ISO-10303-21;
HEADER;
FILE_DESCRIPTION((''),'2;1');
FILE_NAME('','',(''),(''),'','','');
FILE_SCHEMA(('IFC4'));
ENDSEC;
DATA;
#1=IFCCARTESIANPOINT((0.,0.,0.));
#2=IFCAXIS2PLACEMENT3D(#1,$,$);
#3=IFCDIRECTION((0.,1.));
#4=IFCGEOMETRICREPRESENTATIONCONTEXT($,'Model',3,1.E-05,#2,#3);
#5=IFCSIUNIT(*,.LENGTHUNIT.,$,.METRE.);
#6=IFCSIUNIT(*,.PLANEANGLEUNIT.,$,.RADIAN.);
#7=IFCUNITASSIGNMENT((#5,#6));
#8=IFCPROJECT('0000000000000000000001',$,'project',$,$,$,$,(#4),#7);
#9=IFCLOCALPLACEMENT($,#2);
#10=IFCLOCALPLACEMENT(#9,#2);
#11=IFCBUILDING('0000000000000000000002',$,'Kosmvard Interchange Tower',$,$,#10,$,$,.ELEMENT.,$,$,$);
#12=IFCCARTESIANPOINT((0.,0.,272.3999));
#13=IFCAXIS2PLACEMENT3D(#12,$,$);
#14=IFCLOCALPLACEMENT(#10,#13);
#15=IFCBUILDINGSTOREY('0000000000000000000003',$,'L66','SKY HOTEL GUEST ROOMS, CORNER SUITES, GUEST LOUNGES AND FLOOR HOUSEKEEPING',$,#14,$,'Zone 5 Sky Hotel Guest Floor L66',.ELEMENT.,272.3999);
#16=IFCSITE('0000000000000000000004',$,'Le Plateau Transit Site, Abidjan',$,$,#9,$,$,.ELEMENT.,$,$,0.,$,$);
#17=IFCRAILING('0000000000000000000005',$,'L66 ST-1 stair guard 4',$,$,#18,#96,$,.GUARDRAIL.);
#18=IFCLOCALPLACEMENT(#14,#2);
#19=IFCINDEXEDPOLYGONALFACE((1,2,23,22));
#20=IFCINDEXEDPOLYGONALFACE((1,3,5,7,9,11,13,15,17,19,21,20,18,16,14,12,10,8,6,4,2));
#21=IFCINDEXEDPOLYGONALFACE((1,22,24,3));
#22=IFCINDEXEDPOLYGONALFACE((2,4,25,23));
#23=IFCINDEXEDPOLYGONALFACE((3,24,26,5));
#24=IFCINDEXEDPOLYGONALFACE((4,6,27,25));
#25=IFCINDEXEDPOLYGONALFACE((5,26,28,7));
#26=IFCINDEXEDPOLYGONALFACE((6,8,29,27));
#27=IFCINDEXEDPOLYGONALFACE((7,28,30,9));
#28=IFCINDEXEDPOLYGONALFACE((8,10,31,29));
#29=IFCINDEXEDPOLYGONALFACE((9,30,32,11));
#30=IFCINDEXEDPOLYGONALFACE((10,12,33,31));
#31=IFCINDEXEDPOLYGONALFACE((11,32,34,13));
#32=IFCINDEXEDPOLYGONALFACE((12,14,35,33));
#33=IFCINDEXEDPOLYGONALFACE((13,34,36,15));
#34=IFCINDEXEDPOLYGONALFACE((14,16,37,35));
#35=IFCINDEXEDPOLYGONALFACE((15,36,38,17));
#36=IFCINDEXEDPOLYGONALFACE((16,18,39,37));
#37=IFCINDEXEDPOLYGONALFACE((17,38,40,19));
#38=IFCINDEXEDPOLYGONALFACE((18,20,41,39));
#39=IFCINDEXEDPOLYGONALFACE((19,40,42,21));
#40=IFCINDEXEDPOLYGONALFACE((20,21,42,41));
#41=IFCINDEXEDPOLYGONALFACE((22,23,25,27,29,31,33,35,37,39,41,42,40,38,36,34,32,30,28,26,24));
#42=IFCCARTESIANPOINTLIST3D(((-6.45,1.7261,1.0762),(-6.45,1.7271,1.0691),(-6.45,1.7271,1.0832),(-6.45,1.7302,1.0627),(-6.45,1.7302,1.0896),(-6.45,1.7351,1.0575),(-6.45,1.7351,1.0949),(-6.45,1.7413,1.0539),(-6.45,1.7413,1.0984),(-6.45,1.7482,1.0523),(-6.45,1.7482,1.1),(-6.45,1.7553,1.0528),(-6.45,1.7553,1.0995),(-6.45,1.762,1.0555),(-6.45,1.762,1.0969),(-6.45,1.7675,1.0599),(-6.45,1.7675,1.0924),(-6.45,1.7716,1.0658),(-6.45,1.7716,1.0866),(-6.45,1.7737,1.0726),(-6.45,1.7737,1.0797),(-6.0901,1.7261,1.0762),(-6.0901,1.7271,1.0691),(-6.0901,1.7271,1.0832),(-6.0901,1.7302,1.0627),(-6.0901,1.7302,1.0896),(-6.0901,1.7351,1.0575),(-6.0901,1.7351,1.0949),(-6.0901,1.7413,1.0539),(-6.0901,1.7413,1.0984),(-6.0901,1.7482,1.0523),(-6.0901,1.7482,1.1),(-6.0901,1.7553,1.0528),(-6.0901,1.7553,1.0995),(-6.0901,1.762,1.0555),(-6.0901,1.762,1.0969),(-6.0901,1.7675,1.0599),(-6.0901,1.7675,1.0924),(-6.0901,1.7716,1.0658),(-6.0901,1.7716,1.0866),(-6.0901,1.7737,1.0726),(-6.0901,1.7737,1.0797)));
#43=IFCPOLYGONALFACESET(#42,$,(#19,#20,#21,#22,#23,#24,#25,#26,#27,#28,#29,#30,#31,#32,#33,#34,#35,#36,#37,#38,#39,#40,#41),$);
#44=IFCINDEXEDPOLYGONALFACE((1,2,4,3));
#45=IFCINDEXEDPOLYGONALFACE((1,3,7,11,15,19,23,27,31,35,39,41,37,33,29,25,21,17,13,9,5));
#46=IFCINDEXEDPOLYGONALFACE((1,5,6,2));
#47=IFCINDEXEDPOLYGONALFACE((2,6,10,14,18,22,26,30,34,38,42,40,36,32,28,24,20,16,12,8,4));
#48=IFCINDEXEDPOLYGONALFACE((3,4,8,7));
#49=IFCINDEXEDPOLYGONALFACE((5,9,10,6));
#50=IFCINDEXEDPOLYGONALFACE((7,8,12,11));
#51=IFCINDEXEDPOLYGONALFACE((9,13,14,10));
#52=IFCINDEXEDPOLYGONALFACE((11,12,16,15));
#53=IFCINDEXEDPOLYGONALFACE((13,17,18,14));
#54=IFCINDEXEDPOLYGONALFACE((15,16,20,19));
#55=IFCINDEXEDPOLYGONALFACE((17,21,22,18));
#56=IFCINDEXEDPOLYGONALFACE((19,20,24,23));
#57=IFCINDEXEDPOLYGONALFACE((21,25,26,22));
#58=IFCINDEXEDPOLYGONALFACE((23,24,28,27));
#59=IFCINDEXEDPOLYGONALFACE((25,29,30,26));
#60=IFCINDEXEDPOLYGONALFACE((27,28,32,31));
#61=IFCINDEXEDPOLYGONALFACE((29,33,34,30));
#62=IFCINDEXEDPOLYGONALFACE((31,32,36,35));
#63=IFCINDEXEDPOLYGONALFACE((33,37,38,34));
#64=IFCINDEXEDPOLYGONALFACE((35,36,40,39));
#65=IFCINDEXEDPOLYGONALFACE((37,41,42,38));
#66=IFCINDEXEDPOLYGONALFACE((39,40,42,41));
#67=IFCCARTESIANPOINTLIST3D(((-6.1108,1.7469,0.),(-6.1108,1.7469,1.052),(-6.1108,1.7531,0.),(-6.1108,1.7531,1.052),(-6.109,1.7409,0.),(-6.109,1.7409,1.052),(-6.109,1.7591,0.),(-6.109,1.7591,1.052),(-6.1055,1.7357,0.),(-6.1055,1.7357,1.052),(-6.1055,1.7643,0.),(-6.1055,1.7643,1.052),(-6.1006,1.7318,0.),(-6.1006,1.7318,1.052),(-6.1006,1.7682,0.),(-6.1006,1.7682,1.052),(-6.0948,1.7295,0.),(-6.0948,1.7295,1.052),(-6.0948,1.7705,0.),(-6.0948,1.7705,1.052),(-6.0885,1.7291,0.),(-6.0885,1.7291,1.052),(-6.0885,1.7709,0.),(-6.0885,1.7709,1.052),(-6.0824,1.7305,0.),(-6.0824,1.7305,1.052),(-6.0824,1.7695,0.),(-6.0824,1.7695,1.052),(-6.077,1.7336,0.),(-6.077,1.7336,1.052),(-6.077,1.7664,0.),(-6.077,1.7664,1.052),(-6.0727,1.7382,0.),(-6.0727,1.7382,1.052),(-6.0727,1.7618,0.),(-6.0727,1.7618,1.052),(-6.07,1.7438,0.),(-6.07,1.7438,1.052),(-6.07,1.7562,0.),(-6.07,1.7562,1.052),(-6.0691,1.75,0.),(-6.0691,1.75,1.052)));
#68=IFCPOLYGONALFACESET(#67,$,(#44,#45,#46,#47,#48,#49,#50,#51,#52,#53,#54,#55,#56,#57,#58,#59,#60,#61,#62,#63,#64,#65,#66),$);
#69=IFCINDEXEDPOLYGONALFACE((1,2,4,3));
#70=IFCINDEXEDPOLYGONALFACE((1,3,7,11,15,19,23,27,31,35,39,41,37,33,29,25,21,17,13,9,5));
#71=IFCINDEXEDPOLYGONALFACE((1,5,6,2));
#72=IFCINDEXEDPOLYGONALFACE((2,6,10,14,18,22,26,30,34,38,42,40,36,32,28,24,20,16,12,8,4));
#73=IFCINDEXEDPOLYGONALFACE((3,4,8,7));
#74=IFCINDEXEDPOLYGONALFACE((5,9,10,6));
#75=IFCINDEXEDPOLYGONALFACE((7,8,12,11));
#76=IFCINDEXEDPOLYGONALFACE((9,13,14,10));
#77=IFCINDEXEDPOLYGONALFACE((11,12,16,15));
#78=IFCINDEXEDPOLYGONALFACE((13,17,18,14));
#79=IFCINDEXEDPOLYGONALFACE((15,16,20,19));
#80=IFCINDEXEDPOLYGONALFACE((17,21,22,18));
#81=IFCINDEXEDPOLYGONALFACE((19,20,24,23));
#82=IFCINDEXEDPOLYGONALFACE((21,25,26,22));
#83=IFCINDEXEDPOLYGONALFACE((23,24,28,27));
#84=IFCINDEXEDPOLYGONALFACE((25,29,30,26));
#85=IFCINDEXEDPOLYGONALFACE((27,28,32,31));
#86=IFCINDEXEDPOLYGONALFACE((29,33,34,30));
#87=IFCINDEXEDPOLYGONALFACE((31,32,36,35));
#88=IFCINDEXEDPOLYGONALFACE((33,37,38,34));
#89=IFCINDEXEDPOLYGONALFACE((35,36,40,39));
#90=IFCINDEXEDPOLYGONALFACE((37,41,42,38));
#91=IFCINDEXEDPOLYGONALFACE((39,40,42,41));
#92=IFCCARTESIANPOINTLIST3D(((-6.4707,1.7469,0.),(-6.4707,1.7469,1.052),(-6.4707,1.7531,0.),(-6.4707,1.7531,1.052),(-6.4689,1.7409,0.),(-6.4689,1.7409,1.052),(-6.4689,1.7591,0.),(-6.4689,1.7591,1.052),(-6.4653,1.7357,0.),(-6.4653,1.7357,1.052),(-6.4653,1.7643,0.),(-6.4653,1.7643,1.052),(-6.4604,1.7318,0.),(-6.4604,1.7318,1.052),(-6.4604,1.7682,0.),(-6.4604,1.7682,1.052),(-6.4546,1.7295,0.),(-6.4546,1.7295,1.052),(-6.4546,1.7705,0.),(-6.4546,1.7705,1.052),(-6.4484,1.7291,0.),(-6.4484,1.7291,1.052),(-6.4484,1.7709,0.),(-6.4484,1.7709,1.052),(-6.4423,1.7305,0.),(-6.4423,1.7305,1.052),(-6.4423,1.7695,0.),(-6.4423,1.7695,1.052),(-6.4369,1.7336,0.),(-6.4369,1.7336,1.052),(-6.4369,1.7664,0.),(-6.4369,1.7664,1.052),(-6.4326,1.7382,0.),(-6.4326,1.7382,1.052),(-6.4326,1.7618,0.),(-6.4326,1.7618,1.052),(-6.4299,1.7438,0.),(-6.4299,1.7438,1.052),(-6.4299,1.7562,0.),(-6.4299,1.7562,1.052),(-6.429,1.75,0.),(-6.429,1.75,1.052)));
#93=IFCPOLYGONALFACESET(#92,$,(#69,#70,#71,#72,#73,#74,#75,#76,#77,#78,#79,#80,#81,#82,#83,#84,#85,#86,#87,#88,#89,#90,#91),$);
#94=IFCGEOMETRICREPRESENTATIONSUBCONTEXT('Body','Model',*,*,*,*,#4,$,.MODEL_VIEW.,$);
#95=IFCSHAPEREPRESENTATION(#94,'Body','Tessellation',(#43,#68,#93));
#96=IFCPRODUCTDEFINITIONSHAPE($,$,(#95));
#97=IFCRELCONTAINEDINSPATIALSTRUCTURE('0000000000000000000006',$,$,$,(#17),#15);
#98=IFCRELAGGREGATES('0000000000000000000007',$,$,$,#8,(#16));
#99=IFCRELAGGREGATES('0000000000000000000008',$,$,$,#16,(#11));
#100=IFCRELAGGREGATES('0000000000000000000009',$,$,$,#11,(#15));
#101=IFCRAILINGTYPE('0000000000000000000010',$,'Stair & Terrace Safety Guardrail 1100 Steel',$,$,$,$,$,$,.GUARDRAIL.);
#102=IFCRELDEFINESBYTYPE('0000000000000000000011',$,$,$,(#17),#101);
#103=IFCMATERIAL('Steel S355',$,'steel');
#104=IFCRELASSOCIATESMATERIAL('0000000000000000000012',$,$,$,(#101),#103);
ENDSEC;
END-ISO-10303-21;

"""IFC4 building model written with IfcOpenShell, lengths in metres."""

from ifc_helpers import new_model, si_unit, direction, frame, origin, origin_2d, place, context, subcontext, project, spatial, circle, extrude, source, transform, mapped, material, type_object, element, save


model = new_model("IFC4")

# Units and contexts
model_context = context("Model", 3, precision=1e-05, world=origin(), true_north=direction((0.0, 1.0)))
body_context = subcontext(model_context, "Body", "Model", "MODEL_VIEW")
ifc_project = project(units=[si_unit("LENGTHUNIT", "METRE"), si_unit("PLANEANGLEUNIT", "RADIAN")], contexts=[model_context])

# Site, building, storey
site_placement = place(None, origin())
site = spatial("IfcSite", under=ifc_project, at=site_placement, Name="Le Plateau Transit Site, Abidjan", CompositionType="ELEMENT", RefElevation=0.0)
building_placement = place(site_placement, origin())
building = spatial("IfcBuilding", under=site, at=building_placement, Name="Kosmvard Interchange Tower", CompositionType="ELEMENT")
storey_placement = place(building_placement, frame((0.0, 0.0, 272.3999)))
storey = spatial("IfcBuildingStorey", under=building, at=storey_placement, Name="L66", Description="SKY HOTEL GUEST ROOMS, CORNER SUITES, GUEST LOUNGES AND FLOOR HOUSEKEEPING", LongName="Zone 5 Sky Hotel Guest Floor L66", CompositionType="ELEMENT", Elevation=272.3999)

# Railing
ifc_material_1 = material(Name="Steel S355", Category="steel")
railing_type = type_object("IfcRailingType", Name="Stair & Terrace Safety Guardrail 1100 Steel", PredefinedType="GUARDRAIL", material=ifc_material_1)
shared_shape_1 = source(origin(), body_context, "Body", "SweptSolid", [
    extrude(circle(Radius=0.0239, at=origin_2d()), frame((0.0, 0.0, 1.0762), z_axis=(-1.0, 0.0, 0.0), x_axis=(0.0, -1.0, 0.0)), (0.0, 0.0, 1.0), 0.3599),
    extrude(circle(Radius=0.021, at=origin_2d()), origin(), (0.0, 0.0, 1.0), 1.052),
    extrude(circle(Radius=0.021, at=origin_2d()), frame((-0.3599, 0.0, 0.0)), (0.0, 0.0, 1.0), 1.052),
])
railing_placement = place(storey_placement, frame((-6.0901, 1.75, 0.0)))
element("IfcRailing", 1, at=railing_placement, inside=storey, type_object=railing_type, Name="L66 ST-1 stair guard 4", PredefinedType="GUARDRAIL", context=body_context, shape_type="MappedRepresentation", body=[
    mapped(shared_shape_1, transform((0.0, 0.0, 0.0), scale=1.0)),
])

save(model, "model.ifc")
